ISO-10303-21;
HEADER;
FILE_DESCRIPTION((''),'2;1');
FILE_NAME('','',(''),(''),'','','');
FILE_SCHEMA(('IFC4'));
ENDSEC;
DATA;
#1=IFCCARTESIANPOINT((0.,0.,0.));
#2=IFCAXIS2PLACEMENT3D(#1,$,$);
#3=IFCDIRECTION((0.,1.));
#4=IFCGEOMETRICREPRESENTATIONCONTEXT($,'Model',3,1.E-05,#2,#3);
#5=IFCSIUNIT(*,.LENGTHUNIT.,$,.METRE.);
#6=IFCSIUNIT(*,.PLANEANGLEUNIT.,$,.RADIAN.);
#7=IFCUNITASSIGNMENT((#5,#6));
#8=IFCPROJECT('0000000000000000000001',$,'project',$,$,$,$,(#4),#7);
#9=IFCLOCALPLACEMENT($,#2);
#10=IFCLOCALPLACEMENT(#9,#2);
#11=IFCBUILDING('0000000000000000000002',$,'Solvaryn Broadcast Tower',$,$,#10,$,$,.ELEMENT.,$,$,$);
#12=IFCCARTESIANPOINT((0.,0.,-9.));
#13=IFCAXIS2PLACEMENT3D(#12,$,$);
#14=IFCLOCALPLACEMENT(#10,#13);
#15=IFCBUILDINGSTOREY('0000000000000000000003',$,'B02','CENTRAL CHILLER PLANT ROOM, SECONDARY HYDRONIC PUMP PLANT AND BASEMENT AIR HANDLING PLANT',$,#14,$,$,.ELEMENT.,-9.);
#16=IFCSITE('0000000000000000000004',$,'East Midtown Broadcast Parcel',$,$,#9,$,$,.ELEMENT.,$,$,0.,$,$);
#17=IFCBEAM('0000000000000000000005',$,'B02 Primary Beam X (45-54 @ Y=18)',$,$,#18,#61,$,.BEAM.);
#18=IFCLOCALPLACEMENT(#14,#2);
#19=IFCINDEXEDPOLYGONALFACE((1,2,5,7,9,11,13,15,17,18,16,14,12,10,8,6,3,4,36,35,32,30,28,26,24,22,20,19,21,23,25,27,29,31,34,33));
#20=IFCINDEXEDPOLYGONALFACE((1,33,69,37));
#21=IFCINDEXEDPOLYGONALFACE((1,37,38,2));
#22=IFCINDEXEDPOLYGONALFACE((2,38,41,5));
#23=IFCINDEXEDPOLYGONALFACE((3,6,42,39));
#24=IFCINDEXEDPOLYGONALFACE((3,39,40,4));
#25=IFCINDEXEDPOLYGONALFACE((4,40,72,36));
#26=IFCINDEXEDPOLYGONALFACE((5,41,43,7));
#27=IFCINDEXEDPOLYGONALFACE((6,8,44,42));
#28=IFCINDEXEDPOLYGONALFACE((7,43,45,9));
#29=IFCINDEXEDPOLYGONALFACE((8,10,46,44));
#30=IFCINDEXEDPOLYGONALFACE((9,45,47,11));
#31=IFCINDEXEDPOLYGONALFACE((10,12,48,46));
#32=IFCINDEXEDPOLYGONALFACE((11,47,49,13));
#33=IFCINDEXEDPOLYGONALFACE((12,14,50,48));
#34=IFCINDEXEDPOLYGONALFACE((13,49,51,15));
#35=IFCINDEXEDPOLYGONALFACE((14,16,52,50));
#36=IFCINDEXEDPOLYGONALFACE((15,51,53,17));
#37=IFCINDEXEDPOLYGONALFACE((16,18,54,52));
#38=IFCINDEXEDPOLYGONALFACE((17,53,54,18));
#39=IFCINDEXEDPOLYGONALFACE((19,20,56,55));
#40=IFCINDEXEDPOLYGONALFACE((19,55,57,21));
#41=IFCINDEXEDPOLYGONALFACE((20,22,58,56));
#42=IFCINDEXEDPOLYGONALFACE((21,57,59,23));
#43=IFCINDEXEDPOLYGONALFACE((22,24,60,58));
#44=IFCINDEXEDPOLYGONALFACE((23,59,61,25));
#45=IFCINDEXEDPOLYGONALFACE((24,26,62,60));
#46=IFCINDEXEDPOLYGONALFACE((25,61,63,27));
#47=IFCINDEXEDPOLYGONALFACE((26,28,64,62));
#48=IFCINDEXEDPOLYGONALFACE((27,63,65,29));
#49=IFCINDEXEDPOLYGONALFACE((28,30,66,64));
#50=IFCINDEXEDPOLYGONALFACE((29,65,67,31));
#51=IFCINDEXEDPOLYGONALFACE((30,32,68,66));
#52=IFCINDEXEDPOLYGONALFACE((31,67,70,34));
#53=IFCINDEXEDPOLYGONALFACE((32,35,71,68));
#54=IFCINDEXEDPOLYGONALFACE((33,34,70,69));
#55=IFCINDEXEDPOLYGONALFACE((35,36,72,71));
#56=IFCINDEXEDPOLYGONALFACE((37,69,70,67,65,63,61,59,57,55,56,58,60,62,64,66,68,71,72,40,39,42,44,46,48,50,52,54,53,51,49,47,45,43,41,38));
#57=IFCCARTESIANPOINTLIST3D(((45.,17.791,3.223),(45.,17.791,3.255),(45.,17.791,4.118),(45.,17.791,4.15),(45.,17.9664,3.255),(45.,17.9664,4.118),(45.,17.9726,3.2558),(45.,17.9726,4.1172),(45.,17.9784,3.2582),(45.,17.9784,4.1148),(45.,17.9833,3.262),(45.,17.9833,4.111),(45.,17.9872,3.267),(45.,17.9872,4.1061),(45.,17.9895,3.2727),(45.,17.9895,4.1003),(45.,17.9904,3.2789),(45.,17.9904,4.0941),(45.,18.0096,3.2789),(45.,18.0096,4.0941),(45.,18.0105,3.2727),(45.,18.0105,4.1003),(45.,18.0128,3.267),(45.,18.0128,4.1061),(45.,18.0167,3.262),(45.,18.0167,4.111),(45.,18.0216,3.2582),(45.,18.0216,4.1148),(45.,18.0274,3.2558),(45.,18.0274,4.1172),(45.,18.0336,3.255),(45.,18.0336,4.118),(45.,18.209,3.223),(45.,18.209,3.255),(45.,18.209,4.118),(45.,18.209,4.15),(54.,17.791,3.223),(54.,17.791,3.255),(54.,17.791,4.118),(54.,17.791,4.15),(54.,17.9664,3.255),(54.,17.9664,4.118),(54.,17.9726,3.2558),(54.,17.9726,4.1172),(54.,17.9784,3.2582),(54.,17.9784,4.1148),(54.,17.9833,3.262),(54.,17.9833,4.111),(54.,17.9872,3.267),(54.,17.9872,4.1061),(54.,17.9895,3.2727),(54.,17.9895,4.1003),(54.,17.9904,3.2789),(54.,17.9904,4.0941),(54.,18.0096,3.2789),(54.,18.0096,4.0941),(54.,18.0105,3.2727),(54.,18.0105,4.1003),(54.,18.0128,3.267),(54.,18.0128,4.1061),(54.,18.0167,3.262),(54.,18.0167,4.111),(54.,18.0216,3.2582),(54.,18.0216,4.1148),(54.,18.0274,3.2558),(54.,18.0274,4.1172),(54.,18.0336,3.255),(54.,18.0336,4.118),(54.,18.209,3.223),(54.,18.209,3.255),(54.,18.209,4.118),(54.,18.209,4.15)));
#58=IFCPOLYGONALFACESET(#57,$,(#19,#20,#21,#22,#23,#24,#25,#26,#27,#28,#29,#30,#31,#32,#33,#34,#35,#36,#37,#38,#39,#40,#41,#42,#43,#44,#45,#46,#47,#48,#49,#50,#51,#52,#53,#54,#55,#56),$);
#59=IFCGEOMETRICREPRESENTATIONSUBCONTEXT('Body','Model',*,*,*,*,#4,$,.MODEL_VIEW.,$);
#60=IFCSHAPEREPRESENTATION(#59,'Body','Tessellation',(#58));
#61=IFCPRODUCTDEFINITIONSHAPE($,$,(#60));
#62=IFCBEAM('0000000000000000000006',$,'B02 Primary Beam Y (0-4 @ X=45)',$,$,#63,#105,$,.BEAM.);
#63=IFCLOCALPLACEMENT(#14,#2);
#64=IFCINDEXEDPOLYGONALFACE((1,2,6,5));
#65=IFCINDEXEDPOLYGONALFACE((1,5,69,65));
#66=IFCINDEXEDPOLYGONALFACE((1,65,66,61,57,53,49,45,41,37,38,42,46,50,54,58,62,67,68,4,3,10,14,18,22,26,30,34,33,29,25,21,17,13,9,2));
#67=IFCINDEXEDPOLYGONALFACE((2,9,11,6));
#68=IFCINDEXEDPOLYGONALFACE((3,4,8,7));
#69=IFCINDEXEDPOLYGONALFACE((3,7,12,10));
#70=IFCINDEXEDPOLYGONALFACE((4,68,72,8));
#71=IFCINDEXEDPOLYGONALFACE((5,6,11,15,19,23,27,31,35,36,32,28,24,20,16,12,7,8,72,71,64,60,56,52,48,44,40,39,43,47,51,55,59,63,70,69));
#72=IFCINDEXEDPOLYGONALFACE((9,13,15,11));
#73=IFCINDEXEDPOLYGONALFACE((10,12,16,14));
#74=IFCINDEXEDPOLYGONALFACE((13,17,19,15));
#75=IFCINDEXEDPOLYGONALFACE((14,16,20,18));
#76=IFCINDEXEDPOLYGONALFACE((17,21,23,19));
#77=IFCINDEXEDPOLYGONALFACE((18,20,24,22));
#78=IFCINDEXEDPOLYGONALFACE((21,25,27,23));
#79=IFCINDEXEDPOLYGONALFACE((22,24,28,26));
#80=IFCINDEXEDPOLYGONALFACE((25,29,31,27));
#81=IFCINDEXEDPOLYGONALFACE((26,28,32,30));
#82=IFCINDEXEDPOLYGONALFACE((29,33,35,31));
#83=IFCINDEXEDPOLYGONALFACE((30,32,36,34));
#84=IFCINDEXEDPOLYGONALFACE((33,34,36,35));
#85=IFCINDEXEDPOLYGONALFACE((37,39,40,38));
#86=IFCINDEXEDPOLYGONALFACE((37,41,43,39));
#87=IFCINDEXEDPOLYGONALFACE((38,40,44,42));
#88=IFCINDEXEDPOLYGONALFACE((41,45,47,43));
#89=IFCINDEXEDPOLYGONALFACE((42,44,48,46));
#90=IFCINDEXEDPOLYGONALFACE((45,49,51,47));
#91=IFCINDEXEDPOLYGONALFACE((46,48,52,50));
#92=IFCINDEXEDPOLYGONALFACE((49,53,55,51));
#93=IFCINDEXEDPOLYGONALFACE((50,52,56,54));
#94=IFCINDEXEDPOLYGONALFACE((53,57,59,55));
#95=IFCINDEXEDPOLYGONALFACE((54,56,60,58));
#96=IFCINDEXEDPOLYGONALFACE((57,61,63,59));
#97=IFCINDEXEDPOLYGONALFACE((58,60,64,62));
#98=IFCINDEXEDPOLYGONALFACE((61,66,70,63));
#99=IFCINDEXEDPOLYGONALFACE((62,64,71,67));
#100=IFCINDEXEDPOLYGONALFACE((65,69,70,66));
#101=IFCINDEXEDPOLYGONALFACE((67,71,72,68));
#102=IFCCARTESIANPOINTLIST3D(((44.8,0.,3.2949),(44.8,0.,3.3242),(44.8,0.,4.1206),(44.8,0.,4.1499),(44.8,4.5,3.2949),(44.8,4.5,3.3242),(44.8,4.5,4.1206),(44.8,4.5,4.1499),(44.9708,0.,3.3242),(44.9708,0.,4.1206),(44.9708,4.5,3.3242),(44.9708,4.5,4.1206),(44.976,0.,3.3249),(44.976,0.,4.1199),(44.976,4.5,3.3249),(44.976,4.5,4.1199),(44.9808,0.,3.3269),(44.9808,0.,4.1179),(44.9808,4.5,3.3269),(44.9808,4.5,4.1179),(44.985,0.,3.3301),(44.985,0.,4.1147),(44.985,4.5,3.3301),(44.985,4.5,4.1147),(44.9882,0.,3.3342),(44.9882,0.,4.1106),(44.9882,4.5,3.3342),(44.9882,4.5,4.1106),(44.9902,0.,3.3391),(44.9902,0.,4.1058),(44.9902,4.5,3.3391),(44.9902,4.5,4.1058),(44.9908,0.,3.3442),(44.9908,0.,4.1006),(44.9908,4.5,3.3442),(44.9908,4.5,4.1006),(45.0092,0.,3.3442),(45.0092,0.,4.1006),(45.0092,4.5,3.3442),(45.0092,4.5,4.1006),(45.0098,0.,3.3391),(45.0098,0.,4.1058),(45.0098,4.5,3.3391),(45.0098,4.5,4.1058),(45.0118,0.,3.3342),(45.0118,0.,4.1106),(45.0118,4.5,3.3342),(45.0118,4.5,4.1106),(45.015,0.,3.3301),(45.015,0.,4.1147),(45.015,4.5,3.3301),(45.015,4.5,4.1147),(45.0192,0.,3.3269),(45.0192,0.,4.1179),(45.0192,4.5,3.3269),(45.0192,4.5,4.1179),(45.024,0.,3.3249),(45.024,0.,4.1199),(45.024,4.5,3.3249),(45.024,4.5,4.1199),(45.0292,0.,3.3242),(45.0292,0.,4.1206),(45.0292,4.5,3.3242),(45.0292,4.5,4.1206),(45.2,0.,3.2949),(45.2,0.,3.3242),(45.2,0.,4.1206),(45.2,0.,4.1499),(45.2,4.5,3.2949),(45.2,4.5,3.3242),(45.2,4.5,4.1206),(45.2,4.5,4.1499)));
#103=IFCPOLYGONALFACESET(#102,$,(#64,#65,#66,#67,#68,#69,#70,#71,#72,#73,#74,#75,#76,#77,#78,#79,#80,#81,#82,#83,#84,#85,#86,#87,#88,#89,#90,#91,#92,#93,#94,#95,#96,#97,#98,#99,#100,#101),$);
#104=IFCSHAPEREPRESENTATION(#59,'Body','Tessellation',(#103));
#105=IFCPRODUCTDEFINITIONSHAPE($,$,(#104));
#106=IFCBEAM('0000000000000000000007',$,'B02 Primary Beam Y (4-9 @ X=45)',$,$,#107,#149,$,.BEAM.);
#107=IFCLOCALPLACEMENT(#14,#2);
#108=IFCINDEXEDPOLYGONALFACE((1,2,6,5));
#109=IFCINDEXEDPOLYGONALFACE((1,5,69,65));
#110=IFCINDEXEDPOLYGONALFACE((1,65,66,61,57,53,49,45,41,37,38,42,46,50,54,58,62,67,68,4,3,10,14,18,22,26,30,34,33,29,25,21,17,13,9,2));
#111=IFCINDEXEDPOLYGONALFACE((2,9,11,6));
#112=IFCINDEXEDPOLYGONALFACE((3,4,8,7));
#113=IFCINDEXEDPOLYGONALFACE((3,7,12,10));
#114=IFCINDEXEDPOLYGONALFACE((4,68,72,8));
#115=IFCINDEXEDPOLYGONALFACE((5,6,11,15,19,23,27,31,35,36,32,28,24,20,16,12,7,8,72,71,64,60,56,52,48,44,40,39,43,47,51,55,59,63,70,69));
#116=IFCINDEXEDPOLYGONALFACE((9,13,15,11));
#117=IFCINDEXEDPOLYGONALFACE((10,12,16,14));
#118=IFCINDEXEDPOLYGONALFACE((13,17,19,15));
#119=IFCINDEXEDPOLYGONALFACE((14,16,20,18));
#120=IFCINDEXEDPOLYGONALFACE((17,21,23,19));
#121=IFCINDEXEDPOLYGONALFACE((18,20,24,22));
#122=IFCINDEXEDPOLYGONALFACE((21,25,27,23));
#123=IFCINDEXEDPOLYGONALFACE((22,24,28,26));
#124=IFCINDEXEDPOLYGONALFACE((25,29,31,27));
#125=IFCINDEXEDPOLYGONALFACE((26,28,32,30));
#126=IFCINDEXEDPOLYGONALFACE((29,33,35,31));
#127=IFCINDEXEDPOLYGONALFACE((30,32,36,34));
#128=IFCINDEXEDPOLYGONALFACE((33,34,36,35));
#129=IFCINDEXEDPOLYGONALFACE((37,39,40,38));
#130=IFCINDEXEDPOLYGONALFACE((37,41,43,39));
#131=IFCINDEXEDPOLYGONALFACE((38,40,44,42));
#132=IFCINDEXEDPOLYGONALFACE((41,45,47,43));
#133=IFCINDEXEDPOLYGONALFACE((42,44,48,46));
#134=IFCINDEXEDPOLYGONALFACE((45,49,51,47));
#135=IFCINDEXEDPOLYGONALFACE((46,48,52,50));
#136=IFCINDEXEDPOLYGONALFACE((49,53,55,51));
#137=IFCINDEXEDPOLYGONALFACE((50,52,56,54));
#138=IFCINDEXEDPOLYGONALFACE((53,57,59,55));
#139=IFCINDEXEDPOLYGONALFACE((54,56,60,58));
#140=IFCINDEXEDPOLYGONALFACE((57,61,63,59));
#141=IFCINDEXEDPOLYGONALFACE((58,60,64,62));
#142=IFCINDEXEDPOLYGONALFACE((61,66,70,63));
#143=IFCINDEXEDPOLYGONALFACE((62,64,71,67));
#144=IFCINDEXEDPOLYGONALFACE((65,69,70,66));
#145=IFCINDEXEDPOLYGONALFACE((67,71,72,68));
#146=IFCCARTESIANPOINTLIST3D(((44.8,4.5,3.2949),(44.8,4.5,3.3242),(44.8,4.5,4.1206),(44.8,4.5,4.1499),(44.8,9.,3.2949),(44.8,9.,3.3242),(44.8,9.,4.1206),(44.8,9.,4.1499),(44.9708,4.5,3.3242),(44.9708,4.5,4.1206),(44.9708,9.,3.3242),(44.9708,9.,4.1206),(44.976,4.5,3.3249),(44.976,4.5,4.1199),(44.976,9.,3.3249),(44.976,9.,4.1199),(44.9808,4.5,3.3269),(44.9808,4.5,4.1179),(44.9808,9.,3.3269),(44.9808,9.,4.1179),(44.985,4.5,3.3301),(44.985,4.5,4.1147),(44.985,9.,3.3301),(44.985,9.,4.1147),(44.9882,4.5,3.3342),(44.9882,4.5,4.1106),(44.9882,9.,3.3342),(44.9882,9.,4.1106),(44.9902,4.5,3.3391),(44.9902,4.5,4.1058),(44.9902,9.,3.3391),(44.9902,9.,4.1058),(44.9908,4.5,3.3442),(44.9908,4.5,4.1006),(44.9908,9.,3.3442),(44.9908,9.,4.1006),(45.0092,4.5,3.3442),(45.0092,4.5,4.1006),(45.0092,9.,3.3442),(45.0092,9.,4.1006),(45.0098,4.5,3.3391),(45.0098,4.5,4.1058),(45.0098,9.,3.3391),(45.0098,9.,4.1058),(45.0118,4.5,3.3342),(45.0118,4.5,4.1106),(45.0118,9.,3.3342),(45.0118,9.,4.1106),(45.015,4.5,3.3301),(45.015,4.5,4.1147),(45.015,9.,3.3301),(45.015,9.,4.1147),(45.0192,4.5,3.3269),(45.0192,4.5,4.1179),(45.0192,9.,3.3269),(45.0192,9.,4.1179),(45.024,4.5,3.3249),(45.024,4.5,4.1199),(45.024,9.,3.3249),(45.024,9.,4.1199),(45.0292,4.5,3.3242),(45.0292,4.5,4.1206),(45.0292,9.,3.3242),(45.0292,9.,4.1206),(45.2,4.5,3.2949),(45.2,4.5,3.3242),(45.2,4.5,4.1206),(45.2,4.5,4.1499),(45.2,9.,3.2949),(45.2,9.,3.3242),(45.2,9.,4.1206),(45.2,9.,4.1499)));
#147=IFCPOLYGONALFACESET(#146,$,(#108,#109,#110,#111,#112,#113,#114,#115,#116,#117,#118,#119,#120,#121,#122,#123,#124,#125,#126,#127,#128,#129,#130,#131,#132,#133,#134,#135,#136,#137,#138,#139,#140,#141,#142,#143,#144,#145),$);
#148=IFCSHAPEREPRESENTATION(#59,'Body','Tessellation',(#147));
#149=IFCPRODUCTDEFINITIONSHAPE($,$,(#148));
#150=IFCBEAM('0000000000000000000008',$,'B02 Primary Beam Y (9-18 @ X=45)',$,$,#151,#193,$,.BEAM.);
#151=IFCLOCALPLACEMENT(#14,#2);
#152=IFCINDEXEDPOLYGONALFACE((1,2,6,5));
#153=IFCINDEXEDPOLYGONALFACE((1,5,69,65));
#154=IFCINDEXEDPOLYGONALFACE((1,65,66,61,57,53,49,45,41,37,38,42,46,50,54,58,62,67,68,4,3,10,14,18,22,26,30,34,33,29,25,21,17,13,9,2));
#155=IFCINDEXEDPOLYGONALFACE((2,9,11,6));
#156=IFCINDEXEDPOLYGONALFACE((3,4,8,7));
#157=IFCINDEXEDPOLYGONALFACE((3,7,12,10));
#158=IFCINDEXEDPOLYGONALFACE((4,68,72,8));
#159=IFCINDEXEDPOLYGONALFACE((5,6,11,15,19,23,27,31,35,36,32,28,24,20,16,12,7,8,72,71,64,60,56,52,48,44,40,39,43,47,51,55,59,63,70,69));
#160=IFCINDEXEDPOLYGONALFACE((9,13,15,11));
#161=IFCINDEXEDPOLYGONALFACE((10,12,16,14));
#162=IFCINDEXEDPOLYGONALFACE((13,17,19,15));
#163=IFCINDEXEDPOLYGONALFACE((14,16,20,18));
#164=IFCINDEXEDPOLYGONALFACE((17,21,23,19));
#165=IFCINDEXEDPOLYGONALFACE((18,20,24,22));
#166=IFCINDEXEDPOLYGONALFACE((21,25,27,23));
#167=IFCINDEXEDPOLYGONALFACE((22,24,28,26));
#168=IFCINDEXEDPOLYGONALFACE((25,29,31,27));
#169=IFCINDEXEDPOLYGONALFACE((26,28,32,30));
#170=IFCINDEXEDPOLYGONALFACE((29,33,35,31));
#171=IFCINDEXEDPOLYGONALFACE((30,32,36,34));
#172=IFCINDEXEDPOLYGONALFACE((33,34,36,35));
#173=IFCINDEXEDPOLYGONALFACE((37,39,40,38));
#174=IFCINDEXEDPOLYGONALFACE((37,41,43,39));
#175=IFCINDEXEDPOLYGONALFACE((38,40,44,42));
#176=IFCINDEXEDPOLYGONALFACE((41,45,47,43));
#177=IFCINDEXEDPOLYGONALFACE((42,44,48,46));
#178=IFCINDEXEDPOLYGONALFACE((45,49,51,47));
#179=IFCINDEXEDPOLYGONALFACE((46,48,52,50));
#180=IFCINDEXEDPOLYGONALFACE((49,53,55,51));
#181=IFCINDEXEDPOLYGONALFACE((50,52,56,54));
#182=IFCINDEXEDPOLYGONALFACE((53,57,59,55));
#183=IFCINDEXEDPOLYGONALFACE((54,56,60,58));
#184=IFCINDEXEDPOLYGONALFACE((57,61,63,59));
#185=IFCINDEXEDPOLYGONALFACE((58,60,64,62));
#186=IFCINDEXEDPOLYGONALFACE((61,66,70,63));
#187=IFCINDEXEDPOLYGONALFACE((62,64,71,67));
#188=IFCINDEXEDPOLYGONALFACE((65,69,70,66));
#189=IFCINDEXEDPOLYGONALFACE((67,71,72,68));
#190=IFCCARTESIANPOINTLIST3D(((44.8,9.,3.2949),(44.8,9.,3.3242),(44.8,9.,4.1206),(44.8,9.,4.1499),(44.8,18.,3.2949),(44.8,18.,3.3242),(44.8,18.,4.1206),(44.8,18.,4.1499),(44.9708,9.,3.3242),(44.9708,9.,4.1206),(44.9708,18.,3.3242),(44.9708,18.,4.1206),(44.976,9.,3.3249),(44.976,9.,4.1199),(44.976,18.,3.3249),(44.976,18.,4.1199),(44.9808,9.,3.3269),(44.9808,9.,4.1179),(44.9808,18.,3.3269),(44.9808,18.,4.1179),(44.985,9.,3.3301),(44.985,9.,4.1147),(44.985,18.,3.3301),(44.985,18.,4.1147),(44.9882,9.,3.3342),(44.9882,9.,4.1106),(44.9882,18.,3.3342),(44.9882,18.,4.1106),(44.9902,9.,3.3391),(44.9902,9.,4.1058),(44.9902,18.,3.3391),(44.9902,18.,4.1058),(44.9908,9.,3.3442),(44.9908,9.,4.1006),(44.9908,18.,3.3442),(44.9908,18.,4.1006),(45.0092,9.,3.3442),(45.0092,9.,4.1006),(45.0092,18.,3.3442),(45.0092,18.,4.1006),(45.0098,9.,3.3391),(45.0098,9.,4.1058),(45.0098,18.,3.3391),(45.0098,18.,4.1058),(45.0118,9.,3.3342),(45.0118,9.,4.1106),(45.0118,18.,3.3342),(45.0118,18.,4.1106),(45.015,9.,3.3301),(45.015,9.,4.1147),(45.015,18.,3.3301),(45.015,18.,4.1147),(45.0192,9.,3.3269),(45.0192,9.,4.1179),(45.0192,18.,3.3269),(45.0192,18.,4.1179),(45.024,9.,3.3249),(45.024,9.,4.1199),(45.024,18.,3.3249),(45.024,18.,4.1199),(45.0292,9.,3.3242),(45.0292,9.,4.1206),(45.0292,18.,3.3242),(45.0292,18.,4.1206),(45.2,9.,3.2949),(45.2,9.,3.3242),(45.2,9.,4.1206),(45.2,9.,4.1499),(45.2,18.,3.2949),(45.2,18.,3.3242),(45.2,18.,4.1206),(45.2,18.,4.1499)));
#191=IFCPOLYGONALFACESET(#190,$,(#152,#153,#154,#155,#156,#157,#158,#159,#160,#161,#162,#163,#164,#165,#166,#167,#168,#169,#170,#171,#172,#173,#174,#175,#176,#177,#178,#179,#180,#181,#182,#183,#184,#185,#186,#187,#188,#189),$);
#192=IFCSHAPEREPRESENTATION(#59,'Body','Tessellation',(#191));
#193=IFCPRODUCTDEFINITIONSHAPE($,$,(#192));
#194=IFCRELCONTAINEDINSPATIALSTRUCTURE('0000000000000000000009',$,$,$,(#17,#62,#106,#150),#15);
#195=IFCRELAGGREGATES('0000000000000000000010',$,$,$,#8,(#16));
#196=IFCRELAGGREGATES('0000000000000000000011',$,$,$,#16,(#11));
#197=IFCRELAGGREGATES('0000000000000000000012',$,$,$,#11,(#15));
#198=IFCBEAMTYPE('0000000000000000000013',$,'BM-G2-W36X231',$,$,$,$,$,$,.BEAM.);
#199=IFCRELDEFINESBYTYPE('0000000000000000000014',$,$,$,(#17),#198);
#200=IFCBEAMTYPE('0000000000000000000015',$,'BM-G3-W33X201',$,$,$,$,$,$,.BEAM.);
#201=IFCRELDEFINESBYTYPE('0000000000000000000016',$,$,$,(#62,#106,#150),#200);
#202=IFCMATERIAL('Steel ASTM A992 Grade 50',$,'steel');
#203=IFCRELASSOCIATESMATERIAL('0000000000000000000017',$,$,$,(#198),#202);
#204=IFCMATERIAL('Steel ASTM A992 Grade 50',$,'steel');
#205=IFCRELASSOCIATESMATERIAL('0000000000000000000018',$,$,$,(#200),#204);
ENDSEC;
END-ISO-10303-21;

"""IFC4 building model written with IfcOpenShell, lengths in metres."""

from ifc_helpers import new_model, si_unit, direction, frame, origin, origin_2d, place, context, subcontext, project, spatial, i_section, extrude, material, material_profile, profile_set, type_object, element, save


model = new_model("IFC4")

# Units and contexts
model_context = context("Model", 3, precision=1e-05, world=origin(), true_north=direction((0.0, 1.0)))
body_context = subcontext(model_context, "Body", "Model", "MODEL_VIEW")
ifc_project = project(units=[si_unit("LENGTHUNIT", "METRE"), si_unit("PLANEANGLEUNIT", "RADIAN")], contexts=[model_context])

# Site, building, storey
site_placement = place(None, origin())
site = spatial("IfcSite", under=ifc_project, at=site_placement, Name="East Midtown Broadcast Parcel", CompositionType="ELEMENT", RefElevation=0.0)
building_placement = place(site_placement, origin())
building = spatial("IfcBuilding", under=site, at=building_placement, Name="Solvaryn Broadcast Tower", CompositionType="ELEMENT")
storey_placement = place(building_placement, frame((0.0, 0.0, -9.0)))
storey = spatial("IfcBuildingStorey", under=building, at=storey_placement, Name="B02", Description="CENTRAL CHILLER PLANT ROOM, SECONDARY HYDRONIC PUMP PLANT AND BASEMENT AIR HANDLING PLANT", CompositionType="ELEMENT", Elevation=-9.0)

# Beams
ifc_material_1 = material(Name="Steel ASTM A992 Grade 50", Category="steel")
ifc_material_profile_1 = material_profile(ifc_material_1, i_section(OverallWidth=0.418, OverallDepth=0.927, WebThickness=0.0193, FlangeThickness=0.032, FilletRadius=0.0239, at=origin_2d()))
ifc_profile_set_1 = profile_set([ifc_material_profile_1], Name="Steel ASTM A992 Grade 50")
beam_type_1 = type_object("IfcBeamType", Name="BM-G2-W36X231", PredefinedType="BEAM", material=ifc_profile_set_1)
for number, where, z_axis, x_axis, name in (
    (1, (45.0, 18.0, 3.6865), (1.0, 0.0, 0.0), (0.0, 1.0, 0.0), "B02 Primary Beam X (45-54 @ Y=18)"),
):
    element("IfcBeam", number, at=place(storey_placement, frame(where, z_axis=z_axis, x_axis=x_axis)), inside=storey, type_object=beam_type_1, Name=name, PredefinedType="BEAM", context=body_context, shape_type="SweptSolid", body=[
        extrude(i_section(OverallWidth=0.418, OverallDepth=0.927, WebThickness=0.0193, FlangeThickness=0.032, FilletRadius=0.0239, at=origin_2d()), origin(), (0.0, 0.0, 1.0), 9.0),
    ])
ifc_material_2 = material(Name="Steel ASTM A992 Grade 50", Category="steel")
ifc_material_profile_2 = material_profile(ifc_material_2, i_section(OverallWidth=0.3999, OverallDepth=0.855, WebThickness=0.0183, FlangeThickness=0.0293, FilletRadius=0.02, at=origin_2d()))
ifc_profile_set_2 = profile_set([ifc_material_profile_2], Name="Steel ASTM A992 Grade 50")
beam_type_2 = type_object("IfcBeamType", Name="BM-G3-W33X201", PredefinedType="BEAM", material=ifc_profile_set_2)
for number, where, z_axis, x_axis, name in (
    (2, (45.0, 0.0, 3.7224), (0.0, 1.0, 0.0), (-1.0, 0.0, 0.0), "B02 Primary Beam Y (0-4 @ X=45)"),
    (3, (45.0, 4.5, 3.7224), (0.0, 1.0, 0.0), (-1.0, 0.0, 0.0), "B02 Primary Beam Y (4-9 @ X=45)"),
):
    element("IfcBeam", number, at=place(storey_placement, frame(where, z_axis=z_axis, x_axis=x_axis)), inside=storey, type_object=beam_type_2, Name=name, PredefinedType="BEAM", context=body_context, shape_type="SweptSolid", body=[
        extrude(i_section(OverallWidth=0.3999, OverallDepth=0.855, WebThickness=0.0183, FlangeThickness=0.0293, FilletRadius=0.02, at=origin_2d()), origin(), (0.0, 0.0, 1.0), 4.5),
    ])
for number, where, z_axis, x_axis, name in (
    (4, (45.0, 9.0, 3.7224), (0.0, 1.0, 0.0), (-1.0, 0.0, 0.0), "B02 Primary Beam Y (9-18 @ X=45)"),
):
    element("IfcBeam", number, at=place(storey_placement, frame(where, z_axis=z_axis, x_axis=x_axis)), inside=storey, type_object=beam_type_2, Name=name, PredefinedType="BEAM", context=body_context, shape_type="SweptSolid", body=[
        extrude(i_section(OverallWidth=0.3999, OverallDepth=0.855, WebThickness=0.0183, FlangeThickness=0.0293, FilletRadius=0.02, at=origin_2d()), origin(), (0.0, 0.0, 1.0), 9.0),
    ])

save(model, "model.ifc")
